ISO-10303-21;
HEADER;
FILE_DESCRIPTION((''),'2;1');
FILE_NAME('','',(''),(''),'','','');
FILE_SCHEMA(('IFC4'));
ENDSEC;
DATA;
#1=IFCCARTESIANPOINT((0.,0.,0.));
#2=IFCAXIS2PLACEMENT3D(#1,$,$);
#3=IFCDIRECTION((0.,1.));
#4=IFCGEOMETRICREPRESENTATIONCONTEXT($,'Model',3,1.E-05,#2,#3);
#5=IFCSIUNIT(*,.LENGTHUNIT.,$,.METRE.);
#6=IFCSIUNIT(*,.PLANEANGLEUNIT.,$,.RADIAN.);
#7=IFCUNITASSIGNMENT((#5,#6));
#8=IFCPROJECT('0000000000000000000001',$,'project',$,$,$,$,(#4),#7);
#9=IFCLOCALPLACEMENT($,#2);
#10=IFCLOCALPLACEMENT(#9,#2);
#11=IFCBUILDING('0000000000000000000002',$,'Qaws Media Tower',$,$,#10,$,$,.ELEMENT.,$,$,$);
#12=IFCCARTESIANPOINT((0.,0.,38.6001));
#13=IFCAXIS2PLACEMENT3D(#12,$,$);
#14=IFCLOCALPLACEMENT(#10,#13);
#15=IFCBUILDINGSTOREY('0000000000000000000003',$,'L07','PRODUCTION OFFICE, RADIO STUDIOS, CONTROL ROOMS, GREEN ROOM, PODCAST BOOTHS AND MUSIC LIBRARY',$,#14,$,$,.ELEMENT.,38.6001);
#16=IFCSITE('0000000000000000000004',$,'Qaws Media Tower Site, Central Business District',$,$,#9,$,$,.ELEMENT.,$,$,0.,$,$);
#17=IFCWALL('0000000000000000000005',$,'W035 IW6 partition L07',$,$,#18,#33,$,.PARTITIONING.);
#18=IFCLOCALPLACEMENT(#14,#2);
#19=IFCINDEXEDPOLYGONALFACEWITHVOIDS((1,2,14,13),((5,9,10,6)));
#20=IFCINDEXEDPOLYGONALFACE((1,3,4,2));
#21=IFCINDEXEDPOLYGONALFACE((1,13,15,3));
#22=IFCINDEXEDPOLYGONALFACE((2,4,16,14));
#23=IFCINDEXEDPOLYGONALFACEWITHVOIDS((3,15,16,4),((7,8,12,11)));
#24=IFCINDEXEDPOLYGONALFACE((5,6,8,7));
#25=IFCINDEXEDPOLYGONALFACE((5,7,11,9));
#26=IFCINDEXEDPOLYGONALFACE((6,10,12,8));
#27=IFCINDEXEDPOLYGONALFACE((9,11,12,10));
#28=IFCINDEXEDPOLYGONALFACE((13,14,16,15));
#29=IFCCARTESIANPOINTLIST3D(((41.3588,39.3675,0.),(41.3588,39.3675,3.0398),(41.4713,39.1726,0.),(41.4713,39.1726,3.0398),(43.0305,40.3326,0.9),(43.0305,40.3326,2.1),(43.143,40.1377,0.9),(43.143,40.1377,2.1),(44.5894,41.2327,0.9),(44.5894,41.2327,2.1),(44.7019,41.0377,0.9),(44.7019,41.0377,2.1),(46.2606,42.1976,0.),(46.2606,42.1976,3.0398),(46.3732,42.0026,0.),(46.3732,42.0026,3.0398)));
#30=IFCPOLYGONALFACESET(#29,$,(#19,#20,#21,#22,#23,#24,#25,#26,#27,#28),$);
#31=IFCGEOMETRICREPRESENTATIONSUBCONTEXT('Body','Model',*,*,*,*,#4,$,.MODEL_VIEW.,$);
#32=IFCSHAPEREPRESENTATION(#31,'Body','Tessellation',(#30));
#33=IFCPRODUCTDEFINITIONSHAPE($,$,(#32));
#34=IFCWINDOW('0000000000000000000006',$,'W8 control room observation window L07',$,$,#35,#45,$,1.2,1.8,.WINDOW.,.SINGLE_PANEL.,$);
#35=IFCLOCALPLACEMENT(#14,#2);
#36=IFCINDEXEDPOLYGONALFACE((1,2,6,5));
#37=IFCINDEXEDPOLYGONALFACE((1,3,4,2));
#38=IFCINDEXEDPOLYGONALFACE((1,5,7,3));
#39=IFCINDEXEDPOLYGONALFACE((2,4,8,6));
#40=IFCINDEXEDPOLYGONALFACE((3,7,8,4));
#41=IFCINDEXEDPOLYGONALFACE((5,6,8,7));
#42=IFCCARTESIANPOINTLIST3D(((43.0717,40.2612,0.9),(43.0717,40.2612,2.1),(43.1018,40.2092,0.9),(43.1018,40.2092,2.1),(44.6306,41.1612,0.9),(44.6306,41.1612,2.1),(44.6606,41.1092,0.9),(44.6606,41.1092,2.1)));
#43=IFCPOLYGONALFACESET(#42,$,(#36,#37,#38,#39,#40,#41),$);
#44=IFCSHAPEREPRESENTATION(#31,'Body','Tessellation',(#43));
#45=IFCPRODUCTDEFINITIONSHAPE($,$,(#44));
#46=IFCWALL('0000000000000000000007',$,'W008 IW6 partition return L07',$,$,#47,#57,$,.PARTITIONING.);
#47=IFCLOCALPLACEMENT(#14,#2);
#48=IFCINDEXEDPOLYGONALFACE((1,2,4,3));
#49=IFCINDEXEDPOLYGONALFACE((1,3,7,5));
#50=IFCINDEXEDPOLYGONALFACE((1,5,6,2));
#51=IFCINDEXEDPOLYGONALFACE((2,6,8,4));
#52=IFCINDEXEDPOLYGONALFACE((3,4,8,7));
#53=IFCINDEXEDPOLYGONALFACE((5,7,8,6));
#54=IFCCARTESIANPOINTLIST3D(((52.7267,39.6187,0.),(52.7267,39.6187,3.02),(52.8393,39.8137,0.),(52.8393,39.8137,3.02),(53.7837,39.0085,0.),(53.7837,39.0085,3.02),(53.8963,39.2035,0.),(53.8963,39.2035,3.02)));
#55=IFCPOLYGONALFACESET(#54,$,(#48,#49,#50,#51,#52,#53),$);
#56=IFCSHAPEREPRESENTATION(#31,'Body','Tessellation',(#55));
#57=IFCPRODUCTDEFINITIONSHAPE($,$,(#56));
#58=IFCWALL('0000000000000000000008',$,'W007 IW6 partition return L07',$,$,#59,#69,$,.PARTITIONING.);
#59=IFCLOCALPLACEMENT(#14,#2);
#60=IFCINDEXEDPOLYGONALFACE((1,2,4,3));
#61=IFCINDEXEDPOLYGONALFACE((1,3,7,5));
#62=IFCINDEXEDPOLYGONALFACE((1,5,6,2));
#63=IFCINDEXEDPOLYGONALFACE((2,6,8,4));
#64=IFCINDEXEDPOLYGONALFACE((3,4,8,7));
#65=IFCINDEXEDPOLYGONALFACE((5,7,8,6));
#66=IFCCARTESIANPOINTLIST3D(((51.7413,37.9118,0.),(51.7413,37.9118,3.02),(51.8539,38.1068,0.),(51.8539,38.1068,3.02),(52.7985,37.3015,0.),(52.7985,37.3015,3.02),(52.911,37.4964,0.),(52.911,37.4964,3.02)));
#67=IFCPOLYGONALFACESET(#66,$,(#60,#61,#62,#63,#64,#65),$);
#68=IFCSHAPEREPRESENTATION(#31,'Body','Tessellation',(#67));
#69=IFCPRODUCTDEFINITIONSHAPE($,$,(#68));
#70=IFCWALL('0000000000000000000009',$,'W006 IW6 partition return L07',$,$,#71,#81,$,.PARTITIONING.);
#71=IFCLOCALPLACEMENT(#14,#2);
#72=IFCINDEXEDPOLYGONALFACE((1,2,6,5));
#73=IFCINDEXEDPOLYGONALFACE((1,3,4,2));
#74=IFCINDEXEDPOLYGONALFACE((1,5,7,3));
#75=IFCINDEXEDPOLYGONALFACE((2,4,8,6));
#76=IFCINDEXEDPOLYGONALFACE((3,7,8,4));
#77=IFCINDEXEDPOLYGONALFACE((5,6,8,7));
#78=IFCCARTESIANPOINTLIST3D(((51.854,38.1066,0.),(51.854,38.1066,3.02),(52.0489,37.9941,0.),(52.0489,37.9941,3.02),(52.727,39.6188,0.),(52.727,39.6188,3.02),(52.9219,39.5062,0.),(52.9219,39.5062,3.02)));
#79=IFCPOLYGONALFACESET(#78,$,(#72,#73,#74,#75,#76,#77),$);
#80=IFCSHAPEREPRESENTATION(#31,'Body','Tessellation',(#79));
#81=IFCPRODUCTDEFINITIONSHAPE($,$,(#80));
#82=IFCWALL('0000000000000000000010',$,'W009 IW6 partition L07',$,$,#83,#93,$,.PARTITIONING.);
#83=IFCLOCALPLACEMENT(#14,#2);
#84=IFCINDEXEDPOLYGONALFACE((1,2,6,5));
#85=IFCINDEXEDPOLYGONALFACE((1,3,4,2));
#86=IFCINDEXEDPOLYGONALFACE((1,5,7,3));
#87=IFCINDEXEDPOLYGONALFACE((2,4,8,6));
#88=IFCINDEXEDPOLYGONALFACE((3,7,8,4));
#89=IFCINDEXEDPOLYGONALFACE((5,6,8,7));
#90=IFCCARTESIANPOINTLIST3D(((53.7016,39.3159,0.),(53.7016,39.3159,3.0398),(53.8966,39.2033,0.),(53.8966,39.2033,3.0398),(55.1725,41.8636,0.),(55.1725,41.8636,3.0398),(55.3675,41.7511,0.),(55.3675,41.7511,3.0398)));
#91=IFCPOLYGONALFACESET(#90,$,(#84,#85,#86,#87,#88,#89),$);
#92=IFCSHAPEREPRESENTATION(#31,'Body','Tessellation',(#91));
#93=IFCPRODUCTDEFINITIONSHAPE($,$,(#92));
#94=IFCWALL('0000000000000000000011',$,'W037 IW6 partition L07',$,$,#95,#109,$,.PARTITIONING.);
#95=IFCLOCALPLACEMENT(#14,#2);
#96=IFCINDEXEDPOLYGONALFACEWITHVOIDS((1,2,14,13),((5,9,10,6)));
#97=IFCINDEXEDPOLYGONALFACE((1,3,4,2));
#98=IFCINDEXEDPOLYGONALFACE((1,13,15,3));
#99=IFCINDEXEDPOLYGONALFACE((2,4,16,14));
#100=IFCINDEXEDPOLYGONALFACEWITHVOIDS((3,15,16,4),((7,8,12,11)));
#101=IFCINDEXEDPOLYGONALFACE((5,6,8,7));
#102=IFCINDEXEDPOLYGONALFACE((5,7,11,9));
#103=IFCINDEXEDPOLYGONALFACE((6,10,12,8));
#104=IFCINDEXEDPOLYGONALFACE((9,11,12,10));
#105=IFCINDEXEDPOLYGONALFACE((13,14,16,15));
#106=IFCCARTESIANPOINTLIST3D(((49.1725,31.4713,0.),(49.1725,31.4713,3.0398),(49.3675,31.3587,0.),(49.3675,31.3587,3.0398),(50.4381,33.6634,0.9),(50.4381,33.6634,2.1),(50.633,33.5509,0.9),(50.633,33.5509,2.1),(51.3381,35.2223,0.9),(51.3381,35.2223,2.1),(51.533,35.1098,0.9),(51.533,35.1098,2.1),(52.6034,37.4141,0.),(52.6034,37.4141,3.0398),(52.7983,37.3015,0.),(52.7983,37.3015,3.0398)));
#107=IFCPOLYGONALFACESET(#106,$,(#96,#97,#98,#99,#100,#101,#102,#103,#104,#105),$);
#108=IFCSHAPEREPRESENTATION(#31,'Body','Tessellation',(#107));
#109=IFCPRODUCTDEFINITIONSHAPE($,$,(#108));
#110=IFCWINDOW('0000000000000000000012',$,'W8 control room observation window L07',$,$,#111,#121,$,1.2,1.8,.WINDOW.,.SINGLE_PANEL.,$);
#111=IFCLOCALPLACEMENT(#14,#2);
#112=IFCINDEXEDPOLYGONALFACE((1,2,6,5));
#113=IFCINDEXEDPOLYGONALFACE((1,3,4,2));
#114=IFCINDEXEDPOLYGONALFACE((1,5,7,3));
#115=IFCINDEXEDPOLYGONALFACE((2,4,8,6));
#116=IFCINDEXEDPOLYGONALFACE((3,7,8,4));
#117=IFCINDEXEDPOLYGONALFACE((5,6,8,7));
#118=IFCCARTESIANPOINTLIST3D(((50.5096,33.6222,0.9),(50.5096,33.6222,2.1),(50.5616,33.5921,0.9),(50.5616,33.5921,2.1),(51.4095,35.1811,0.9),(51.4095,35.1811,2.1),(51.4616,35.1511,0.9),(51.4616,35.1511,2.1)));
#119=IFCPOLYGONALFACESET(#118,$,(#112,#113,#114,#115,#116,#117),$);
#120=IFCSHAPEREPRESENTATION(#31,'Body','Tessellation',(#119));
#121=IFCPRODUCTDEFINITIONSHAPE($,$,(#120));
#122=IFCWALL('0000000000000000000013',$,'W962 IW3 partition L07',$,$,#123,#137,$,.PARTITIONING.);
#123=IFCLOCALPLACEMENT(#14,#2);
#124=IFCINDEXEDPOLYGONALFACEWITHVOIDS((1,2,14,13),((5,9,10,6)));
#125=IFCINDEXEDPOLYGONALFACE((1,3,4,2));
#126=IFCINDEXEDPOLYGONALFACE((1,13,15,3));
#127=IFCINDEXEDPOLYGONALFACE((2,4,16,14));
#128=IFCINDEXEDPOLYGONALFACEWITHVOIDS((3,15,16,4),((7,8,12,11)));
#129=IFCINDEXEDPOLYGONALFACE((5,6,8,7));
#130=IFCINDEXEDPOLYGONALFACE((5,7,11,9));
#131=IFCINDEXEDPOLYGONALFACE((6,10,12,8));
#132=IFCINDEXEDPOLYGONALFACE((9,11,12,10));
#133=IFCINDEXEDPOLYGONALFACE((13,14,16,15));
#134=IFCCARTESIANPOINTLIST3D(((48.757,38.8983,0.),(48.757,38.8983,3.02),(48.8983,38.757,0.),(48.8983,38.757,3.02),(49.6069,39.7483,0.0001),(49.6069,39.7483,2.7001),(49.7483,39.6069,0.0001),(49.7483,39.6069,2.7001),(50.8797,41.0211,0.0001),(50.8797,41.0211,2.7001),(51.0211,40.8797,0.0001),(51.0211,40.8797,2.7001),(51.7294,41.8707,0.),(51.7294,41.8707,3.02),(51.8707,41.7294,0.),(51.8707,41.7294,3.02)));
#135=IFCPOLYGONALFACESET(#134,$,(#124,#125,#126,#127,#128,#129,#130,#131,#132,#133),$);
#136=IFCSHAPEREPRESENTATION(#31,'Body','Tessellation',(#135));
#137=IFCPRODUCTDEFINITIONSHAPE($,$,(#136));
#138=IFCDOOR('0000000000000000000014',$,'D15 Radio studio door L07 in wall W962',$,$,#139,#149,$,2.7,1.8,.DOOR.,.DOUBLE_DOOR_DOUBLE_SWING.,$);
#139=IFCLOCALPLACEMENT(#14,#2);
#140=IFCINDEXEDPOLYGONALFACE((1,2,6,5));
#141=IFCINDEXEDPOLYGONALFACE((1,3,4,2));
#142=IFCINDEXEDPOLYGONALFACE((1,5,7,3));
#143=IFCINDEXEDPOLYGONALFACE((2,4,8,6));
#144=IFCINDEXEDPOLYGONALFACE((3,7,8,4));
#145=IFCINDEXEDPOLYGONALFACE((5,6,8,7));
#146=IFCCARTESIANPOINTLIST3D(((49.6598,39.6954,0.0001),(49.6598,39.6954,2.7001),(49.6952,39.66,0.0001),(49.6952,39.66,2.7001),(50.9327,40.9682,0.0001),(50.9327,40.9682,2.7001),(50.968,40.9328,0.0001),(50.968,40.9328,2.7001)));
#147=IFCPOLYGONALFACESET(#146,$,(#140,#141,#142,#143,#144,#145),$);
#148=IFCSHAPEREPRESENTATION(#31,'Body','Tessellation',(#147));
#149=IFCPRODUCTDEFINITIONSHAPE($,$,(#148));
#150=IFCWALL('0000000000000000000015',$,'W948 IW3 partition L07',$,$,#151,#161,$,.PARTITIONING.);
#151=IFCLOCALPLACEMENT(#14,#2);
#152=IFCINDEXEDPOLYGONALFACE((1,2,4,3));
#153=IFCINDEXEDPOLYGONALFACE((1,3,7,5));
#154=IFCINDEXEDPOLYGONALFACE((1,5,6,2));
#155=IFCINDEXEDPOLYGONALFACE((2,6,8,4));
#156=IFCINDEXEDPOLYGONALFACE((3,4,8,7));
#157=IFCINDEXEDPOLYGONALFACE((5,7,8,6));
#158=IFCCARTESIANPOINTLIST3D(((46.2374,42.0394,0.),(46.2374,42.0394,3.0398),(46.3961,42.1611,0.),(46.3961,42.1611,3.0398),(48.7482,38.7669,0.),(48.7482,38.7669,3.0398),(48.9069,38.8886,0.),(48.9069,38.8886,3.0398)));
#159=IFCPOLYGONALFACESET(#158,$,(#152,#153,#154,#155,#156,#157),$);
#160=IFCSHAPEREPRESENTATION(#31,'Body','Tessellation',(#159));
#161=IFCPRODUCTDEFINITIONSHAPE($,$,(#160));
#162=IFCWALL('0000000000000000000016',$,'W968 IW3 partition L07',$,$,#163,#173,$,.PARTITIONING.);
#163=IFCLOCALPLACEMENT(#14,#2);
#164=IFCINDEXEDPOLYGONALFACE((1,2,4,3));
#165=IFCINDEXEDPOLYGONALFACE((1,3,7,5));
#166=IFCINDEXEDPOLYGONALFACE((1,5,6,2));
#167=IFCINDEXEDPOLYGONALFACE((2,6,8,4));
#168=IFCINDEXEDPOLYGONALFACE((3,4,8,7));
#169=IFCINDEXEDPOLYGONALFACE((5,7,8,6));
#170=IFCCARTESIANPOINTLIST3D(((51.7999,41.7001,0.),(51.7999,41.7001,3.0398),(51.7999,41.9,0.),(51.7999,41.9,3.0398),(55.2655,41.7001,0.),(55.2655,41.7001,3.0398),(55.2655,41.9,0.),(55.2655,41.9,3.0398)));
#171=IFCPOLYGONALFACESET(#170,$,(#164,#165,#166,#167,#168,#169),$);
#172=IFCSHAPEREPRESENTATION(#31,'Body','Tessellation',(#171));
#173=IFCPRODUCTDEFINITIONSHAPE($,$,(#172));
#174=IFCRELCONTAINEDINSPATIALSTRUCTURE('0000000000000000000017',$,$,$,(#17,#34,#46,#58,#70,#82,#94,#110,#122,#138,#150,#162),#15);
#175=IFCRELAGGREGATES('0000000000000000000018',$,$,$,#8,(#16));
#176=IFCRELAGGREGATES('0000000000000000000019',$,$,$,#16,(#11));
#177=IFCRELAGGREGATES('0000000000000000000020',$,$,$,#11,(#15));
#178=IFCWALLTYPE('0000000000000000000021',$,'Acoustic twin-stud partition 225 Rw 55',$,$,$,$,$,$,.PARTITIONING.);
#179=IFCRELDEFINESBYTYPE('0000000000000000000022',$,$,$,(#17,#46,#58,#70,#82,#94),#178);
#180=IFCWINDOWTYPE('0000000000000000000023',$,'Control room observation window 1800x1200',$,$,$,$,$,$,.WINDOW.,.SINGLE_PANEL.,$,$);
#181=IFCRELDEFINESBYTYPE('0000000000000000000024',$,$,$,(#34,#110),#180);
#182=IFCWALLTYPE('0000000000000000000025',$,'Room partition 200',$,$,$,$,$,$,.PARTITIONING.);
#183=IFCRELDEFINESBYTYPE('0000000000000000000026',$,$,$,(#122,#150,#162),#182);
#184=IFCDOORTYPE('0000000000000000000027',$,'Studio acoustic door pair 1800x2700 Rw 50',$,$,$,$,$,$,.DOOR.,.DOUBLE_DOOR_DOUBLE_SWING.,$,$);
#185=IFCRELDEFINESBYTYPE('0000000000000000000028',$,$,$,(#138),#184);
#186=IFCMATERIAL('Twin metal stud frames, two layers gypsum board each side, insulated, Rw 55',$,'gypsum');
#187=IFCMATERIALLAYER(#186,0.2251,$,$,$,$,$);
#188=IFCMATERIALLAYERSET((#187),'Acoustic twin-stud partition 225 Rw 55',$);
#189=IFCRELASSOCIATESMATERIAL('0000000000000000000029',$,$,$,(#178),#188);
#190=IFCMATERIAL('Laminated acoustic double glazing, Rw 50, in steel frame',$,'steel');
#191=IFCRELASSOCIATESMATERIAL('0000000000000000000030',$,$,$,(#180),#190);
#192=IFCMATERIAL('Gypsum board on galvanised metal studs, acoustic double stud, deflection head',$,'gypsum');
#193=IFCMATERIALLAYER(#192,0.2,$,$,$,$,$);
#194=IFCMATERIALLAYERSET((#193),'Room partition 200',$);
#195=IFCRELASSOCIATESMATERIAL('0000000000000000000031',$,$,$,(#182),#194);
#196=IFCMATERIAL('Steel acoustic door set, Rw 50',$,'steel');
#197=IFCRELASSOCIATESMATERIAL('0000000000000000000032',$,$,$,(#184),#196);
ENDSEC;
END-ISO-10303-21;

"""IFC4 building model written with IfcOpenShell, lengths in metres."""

from ifc_helpers import new_model, si_unit, direction, frame, frame_2d, origin, place, context, subcontext, project, spatial, rectangle, extrude, material, layer, layer_set, type_object, element, fill, save


model = new_model("IFC4")

# Units and contexts
model_context = context("Model", 3, precision=1e-05, world=origin(), true_north=direction((0.0, 1.0)))
body_context = subcontext(model_context, "Body", "Model", "MODEL_VIEW")
ifc_project = project(units=[si_unit("LENGTHUNIT", "METRE"), si_unit("PLANEANGLEUNIT", "RADIAN")], contexts=[model_context])

# Site, building, storey
site_placement = place(None, origin())
site = spatial("IfcSite", under=ifc_project, at=site_placement, Name="Qaws Media Tower Site, Central Business District", CompositionType="ELEMENT", RefElevation=0.0)
building_placement = place(site_placement, origin())
building = spatial("IfcBuilding", under=site, at=building_placement, Name="Qaws Media Tower", CompositionType="ELEMENT")
storey_placement = place(building_placement, frame((0.0, 0.0, 38.6001)))
storey = spatial("IfcBuildingStorey", under=building, at=storey_placement, Name="L07", Description="PRODUCTION OFFICE, RADIO STUDIOS, CONTROL ROOMS, GREEN ROOM, PODCAST BOOTHS AND MUSIC LIBRARY", CompositionType="ELEMENT", Elevation=38.6001)

# Wall, opening, window
ifc_material_1 = material(Name="Twin metal stud frames, two layers gypsum board each side, insulated, Rw 55", Category="gypsum")
ifc_layer_1 = layer(ifc_material_1, 0.2251)
ifc_layer_set_1 = layer_set([ifc_layer_1], Name="Acoustic twin-stud partition 225 Rw 55")
wall_type_1 = type_object("IfcWallType", Name="Acoustic twin-stud partition 225 Rw 55", PredefinedType="PARTITIONING", material=ifc_layer_set_1)
wall_1_placement = place(storey_placement, frame((46.3169, 42.1001, 0.0), z_axis=(0.0, 0.0, 1.0), x_axis=(-0.866026, -0.499999, 0.0)))
wall_1 = element("IfcWall", 1, at=wall_1_placement, inside=storey, type_object=wall_type_1, Name="W035 IW6 partition L07", PredefinedType="PARTITIONING", context=body_context, shape_type="SweptSolid", body=[
    extrude(rectangle(XDim=5.6602, YDim=0.2251, at=frame_2d((2.8301, 0.0))), origin(), (0.0, 0.0, 1.0), 3.0398),
])
opening_1_placement = place(wall_1_placement, frame((1.9299, 0.0, 0.8999)))
opening_1 = element("IfcOpeningElement", 2, at=opening_1_placement, cuts=wall_1, PredefinedType="OPENING", context=body_context, shape_type="SweptSolid", body=[
    extrude(rectangle(XDim=1.8, YDim=1.2, at=frame_2d((0.8999, 0.6001))), frame((0.0, 0.1226, 0.0), z_axis=(0.0, -1.0, 0.0), x_axis=(1.0, 0.0, 0.0)), (0.0, 0.0, 1.0), 0.2451),
])
ifc_material_2 = material(Name="Laminated acoustic double glazing, Rw 50, in steel frame", Category="steel")
window_type = type_object("IfcWindowType", Name="Control room observation window 1800x1200", PartitioningType="SINGLE_PANEL", PredefinedType="WINDOW", material=ifc_material_2)
window_1_placement = place(opening_1_placement, origin())
window_1 = element("IfcWindow", 3, at=window_1_placement, inside=storey, type_object=window_type, Name="W8 control room observation window L07", OverallHeight=1.2, OverallWidth=1.8, PartitioningType="SINGLE_PANEL", PredefinedType="WINDOW", context=body_context, shape_type="SweptSolid", body=[
    extrude(rectangle(XDim=1.8, YDim=1.2, at=frame_2d((0.8999, 0.6001))), frame((0.0, 0.03, 0.0), z_axis=(0.0, -1.0, 0.0), x_axis=(1.0, 0.0, 0.0)), (0.0, 0.0, 1.0), 0.0601),
])
fill(opening_1, window_1)

# Walls
wall_2_placement = place(storey_placement, frame((53.8401, 39.106, 0.0), z_axis=(0.0, 0.0, 1.0), x_axis=(-0.866056, 0.499948, 0.0)))
element("IfcWall", 4, at=wall_2_placement, inside=storey, type_object=wall_type_1, Name="W008 IW6 partition return L07", PredefinedType="PARTITIONING", context=body_context, shape_type="SweptSolid", body=[
    extrude(rectangle(XDim=1.2205, YDim=0.2251, at=frame_2d((0.6104, 0.0))), origin(), (0.0, 0.0, 1.0), 3.02),
])
wall_3_placement = place(storey_placement, frame((52.8547, 37.3989, 0.0), z_axis=(0.0, 0.0, 1.0), x_axis=(-0.866019, 0.500011, 0.0)))
element("IfcWall", 5, at=wall_3_placement, inside=storey, type_object=wall_type_1, Name="W007 IW6 partition return L07", PredefinedType="PARTITIONING", context=body_context, shape_type="SweptSolid", body=[
    extrude(rectangle(XDim=1.2207, YDim=0.2251, at=frame_2d((0.6104, 0.0))), origin(), (0.0, 0.0, 1.0), 3.02),
])
wall_4_placement = place(storey_placement, frame((52.8245, 39.5625, 0.0), z_axis=(0.0, 0.0, 1.0), x_axis=(-0.499989, -0.866032, 0.0)))
element("IfcWall", 6, at=wall_4_placement, inside=storey, type_object=wall_type_1, Name="W006 IW6 partition return L07", PredefinedType="PARTITIONING", context=body_context, shape_type="SweptSolid", body=[
    extrude(rectangle(XDim=1.7461, YDim=0.2251, at=frame_2d((0.873, 0.0))), origin(), (0.0, 0.0, 1.0), 3.02),
])
wall_5_placement = place(storey_placement, frame((55.27, 41.8074, 0.0), z_axis=(0.0, 0.0, 1.0), x_axis=(-0.499986, -0.866034, 0.0)))
element("IfcWall", 7, at=wall_5_placement, inside=storey, type_object=wall_type_1, Name="W009 IW6 partition L07", PredefinedType="PARTITIONING", context=body_context, shape_type="SweptSolid", body=[
    extrude(rectangle(XDim=2.9419, YDim=0.2251, at=frame_2d((1.4709, 0.0))), origin(), (0.0, 0.0, 1.0), 3.0398),
])

# Wall, opening, window
wall_6_placement = place(storey_placement, frame((52.7009, 37.3579, 0.0), z_axis=(0.0, 0.0, 1.0), x_axis=(-0.499977, -0.866039, 0.0)))
wall_6 = element("IfcWall", 8, at=wall_6_placement, inside=storey, type_object=wall_type_1, Name="W037 IW6 partition L07", PredefinedType="PARTITIONING", context=body_context, shape_type="SweptSolid", body=[
    extrude(rectangle(XDim=6.8621, YDim=0.2251, at=frame_2d((3.4312, 0.0))), origin(), (0.0, 0.0, 1.0), 3.0398),
])
opening_2_placement = place(wall_6_placement, frame((2.531, 0.0, 0.8999)))
opening_2 = element("IfcOpeningElement", 9, at=opening_2_placement, cuts=wall_6, PredefinedType="OPENING", context=body_context, shape_type="SweptSolid", body=[
    extrude(rectangle(XDim=1.8, YDim=1.2, at=frame_2d((0.8999, 0.6001))), frame((0.0, 0.1226, 0.0), z_axis=(0.0, -1.0, 0.0), x_axis=(1.0, 0.0, 0.0)), (0.0, 0.0, 1.0), 0.2451),
])
window_2_placement = place(opening_2_placement, origin())
window_2 = element("IfcWindow", 10, at=window_2_placement, inside=storey, type_object=window_type, Name="W8 control room observation window L07", OverallHeight=1.2, OverallWidth=1.8, PartitioningType="SINGLE_PANEL", PredefinedType="WINDOW", context=body_context, shape_type="SweptSolid", body=[
    extrude(rectangle(XDim=1.8, YDim=1.2, at=frame_2d((0.8999, 0.6001))), frame((0.0, 0.03, 0.0), z_axis=(0.0, -1.0, 0.0), x_axis=(1.0, 0.0, 0.0)), (0.0, 0.0, 1.0), 0.0601),
])
fill(opening_2, window_2)

# Wall, opening, door
ifc_material_3 = material(Name="Gypsum board on galvanised metal studs, acoustic double stud, deflection head", Category="gypsum")
ifc_layer_2 = layer(ifc_material_3, 0.2)
ifc_layer_set_2 = layer_set([ifc_layer_2], Name="Room partition 200")
wall_type_2 = type_object("IfcWallType", Name="Room partition 200", PredefinedType="PARTITIONING", material=ifc_layer_set_2)
wall_7_placement = place(storey_placement, frame((51.8, 41.8, 0.0), z_axis=(0.0, 0.0, 1.0), x_axis=(-0.707107, -0.707107, 0.0)))
wall_7 = element("IfcWall", 11, at=wall_7_placement, inside=storey, type_object=wall_type_2, Name="W962 IW3 partition L07", PredefinedType="PARTITIONING", context=body_context, shape_type="SweptSolid", body=[
    extrude(rectangle(XDim=4.2036, YDim=0.2, at=frame_2d((2.1018, 0.0))), origin(), (0.0, 0.0, 1.0), 3.02),
])
opening_3_placement = place(wall_7_placement, frame((1.2017, 0.0, 0.0)))
opening_3 = element("IfcOpeningElement", 12, at=opening_3_placement, cuts=wall_7, PredefinedType="OPENING", context=body_context, shape_type="SweptSolid", body=[
    extrude(rectangle(XDim=1.8, YDim=2.7, at=frame_2d((0.8999, 1.3501))), frame((0.0, 0.1099, 0.0), z_axis=(0.0, -1.0, 0.0), x_axis=(1.0, 0.0, 0.0)), (0.0, 0.0, 1.0), 0.22),
])
ifc_material_4 = material(Name="Steel acoustic door set, Rw 50", Category="steel")
door_type_1 = type_object("IfcDoorType", Name="Studio acoustic door pair 1800x2700 Rw 50", OperationType="DOUBLE_DOOR_DOUBLE_SWING", PredefinedType="DOOR", material=ifc_material_4)
door_1_placement = place(opening_3_placement, origin())
door_1 = element("IfcDoor", 13, at=door_1_placement, inside=storey, type_object=door_type_1, Name="D15 Radio studio door L07 in wall W962", OperationType="DOUBLE_DOOR_DOUBLE_SWING", OverallHeight=2.7, OverallWidth=1.8, PredefinedType="DOOR", context=body_context, shape_type="SweptSolid", body=[
    extrude(rectangle(XDim=1.8, YDim=2.7, at=frame_2d((0.8999, 1.3501))), frame((0.0, 0.0249, 0.0), z_axis=(0.0, -1.0, 0.0), x_axis=(1.0, 0.0, 0.0)), (0.0, 0.0, 1.0), 0.05),
])
fill(opening_3, door_1)

# Wall
wall_8_placement = place(storey_placement, frame((48.8276, 38.8276, 0.0), z_axis=(0.0, 0.0, 1.0), x_axis=(-0.608715, 0.793389, 0.0)))
element("IfcWall", 14, at=wall_8_placement, inside=storey, type_object=wall_type_2, Name="W948 IW3 partition L07", PredefinedType="PARTITIONING", context=body_context, shape_type="SweptSolid", body=[
    extrude(rectangle(XDim=4.1248, YDim=0.2, at=frame_2d((2.0625, 0.0))), origin(), (0.0, 0.0, 1.0), 3.0398),
])

# Wall
wall_9_placement = place(storey_placement, frame((55.2656, 41.8, 0.0), z_axis=(0.0, 0.0, 1.0), x_axis=(-1.0, 0.0, 0.0)))
element("IfcWall", 15, at=wall_9_placement, inside=storey, type_object=wall_type_2, Name="W968 IW3 partition L07", PredefinedType="PARTITIONING", context=body_context, shape_type="SweptSolid", body=[
    extrude(rectangle(XDim=3.4656, YDim=0.2, at=frame_2d((1.7329, 0.0))), origin(), (0.0, 0.0, 1.0), 3.0398),
])

save(model, "model.ifc")
